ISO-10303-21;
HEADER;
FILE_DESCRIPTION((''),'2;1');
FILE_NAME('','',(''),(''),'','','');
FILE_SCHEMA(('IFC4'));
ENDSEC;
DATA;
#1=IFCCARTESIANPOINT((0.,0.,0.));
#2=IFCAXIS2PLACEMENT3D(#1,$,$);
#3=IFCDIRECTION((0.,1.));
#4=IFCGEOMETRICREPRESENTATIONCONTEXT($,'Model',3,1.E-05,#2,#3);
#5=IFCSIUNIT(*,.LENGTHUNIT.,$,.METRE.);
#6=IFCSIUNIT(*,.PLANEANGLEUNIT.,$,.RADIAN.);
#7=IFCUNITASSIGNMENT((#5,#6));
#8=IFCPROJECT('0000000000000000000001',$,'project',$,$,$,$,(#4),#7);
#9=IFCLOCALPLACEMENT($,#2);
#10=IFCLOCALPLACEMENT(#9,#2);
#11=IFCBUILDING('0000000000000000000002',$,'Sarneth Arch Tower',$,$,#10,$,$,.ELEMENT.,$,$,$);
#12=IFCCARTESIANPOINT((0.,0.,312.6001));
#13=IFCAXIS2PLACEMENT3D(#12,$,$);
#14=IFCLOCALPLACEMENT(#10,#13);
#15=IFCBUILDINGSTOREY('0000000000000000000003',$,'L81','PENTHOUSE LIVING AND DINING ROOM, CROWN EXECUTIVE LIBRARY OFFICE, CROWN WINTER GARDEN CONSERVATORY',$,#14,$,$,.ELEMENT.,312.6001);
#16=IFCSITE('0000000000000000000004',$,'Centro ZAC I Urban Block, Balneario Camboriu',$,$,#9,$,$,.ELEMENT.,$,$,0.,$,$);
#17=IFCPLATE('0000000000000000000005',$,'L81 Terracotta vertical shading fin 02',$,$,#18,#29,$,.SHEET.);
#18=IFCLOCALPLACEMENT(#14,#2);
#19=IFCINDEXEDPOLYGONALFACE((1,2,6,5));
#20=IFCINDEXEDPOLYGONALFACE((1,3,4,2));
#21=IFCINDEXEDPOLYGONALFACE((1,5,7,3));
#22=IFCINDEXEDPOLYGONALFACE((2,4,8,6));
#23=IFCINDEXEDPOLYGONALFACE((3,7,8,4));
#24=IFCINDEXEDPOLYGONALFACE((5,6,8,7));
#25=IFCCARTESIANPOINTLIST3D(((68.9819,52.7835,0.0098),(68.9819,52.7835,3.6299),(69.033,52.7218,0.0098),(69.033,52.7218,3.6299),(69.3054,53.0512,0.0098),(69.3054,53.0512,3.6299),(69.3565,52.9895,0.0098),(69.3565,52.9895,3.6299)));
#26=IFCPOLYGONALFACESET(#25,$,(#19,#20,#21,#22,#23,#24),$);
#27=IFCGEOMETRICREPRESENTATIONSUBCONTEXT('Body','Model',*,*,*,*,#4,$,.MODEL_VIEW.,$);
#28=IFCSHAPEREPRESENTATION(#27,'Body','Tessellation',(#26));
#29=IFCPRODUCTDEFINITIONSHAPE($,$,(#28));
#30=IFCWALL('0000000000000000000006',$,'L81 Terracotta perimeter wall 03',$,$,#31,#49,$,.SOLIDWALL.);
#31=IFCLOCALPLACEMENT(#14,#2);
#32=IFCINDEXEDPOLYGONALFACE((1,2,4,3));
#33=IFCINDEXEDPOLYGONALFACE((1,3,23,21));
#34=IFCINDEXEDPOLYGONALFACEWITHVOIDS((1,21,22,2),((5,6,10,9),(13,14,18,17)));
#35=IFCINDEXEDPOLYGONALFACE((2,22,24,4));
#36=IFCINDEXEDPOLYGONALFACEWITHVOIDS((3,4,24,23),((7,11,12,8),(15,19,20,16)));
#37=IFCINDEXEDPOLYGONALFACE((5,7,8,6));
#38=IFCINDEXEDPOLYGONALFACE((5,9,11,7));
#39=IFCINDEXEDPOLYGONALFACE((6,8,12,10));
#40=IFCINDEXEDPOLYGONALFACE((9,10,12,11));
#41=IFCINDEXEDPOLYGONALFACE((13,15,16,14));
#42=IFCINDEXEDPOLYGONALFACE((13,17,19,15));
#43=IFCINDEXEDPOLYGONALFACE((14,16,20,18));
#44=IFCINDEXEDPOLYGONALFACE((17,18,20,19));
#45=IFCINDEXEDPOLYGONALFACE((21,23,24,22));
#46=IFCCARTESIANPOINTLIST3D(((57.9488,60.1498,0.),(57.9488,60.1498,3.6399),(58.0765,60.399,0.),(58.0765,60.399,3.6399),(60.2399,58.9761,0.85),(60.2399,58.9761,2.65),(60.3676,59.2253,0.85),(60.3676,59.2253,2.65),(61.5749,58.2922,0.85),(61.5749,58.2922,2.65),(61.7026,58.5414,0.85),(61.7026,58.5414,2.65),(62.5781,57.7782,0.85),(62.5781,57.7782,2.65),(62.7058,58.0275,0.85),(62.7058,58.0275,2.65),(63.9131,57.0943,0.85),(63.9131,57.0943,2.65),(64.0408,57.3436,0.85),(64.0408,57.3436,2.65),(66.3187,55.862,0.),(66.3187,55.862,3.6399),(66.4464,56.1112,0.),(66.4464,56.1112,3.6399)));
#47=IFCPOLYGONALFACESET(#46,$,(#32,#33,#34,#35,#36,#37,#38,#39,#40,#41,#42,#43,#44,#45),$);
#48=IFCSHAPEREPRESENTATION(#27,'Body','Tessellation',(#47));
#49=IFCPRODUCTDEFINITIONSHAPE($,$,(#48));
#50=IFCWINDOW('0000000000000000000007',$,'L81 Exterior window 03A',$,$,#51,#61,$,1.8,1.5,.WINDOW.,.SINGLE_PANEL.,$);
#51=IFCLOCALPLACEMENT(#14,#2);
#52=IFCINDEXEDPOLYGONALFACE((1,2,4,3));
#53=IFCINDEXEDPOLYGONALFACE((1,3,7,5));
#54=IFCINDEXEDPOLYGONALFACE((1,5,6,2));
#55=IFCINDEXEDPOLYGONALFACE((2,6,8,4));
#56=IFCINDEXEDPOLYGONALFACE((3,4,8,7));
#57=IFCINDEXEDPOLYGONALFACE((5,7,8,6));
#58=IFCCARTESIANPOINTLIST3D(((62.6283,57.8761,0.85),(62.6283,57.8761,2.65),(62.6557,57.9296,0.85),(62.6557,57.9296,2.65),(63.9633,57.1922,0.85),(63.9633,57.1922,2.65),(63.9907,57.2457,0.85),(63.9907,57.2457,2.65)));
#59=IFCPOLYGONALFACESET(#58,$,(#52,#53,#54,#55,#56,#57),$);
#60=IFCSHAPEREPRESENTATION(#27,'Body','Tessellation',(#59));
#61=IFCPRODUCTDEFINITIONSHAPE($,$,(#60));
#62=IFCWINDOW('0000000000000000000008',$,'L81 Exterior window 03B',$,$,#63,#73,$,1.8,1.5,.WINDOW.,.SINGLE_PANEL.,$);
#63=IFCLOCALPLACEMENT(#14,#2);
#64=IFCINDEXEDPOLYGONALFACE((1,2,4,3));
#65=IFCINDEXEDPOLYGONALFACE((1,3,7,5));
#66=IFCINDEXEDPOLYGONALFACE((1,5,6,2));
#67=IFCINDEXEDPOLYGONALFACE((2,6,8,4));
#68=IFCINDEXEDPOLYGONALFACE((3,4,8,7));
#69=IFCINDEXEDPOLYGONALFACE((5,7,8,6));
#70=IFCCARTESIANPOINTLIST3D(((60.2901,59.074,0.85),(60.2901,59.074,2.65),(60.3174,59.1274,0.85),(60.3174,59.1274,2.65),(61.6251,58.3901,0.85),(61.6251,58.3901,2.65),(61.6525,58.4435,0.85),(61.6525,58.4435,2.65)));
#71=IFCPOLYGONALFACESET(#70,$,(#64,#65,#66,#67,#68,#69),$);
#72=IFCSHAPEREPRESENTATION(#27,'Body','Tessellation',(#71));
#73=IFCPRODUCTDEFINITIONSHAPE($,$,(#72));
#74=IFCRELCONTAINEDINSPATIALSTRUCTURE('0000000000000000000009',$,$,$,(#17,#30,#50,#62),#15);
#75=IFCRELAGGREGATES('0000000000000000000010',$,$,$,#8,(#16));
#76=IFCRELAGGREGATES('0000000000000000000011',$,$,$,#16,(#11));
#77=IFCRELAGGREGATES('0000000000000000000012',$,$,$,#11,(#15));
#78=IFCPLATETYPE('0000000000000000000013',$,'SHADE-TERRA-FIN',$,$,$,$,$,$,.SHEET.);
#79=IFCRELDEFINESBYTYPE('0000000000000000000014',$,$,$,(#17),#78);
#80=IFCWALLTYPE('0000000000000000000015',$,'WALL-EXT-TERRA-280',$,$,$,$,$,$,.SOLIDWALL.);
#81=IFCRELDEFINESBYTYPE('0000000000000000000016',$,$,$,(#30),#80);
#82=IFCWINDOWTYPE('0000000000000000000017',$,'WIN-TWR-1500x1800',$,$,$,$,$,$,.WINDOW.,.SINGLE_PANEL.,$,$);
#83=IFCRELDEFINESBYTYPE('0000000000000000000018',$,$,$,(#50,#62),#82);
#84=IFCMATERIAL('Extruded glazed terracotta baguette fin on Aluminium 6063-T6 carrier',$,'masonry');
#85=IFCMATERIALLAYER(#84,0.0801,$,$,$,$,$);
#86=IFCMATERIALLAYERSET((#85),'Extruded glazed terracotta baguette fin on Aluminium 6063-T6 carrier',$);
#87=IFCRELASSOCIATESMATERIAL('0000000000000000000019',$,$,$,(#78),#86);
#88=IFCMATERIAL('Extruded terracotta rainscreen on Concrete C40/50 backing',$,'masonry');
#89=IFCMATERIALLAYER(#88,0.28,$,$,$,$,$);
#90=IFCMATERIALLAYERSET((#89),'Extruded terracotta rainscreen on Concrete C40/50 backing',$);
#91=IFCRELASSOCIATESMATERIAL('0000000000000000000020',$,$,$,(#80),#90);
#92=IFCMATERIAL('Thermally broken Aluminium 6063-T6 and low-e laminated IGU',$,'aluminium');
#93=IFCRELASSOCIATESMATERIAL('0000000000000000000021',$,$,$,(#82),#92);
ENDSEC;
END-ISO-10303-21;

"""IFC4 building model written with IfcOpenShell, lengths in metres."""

from ifc_helpers import new_model, si_unit, direction, frame, frame_2d, origin, origin_2d, place, context, subcontext, project, spatial, rectangle, extrude, material, layer, layer_set, type_object, element, fill, save


model = new_model("IFC4")

# Units and contexts
model_context = context("Model", 3, precision=1e-05, world=origin(), true_north=direction((0.0, 1.0)))
body_context = subcontext(model_context, "Body", "Model", "MODEL_VIEW")
ifc_project = project(units=[si_unit("LENGTHUNIT", "METRE"), si_unit("PLANEANGLEUNIT", "RADIAN")], contexts=[model_context])

# Site, building, storey
site_placement = place(None, origin())
site = spatial("IfcSite", under=ifc_project, at=site_placement, Name="Centro ZAC I Urban Block, Balneario Camboriu", CompositionType="ELEMENT", RefElevation=0.0)
building_placement = place(site_placement, origin())
building = spatial("IfcBuilding", under=site, at=building_placement, Name="Sarneth Arch Tower", CompositionType="ELEMENT")
storey_placement = place(building_placement, frame((0.0, 0.0, 312.6001)))
storey = spatial("IfcBuildingStorey", under=building, at=storey_placement, Name="L81", Description="PENTHOUSE LIVING AND DINING ROOM, CROWN EXECUTIVE LIBRARY OFFICE, CROWN WINTER GARDEN CONSERVATORY", CompositionType="ELEMENT", Elevation=312.6001)

# Plate
ifc_material_1 = material(Name="Extruded glazed terracotta baguette fin on Aluminium 6063-T6 carrier", Category="masonry")
ifc_layer_1 = layer(ifc_material_1, 0.0801)
ifc_layer_set_1 = layer_set([ifc_layer_1], Name="Extruded glazed terracotta baguette fin on Aluminium 6063-T6 carrier")
plate_type_1 = type_object("IfcPlateType", Name="SHADE-TERRA-FIN", PredefinedType="SHEET", material=ifc_layer_set_1)
plate_1_placement = place(storey_placement, frame((69.1692, 52.8865, 0.0098), z_axis=(0.0, 0.0, 1.0), x_axis=(0.770402, 0.637558, 0.0)))
element("IfcPlate", 1, at=plate_1_placement, inside=storey, type_object=plate_type_1, Name="L81 Terracotta vertical shading fin 02", PredefinedType="SHEET", context=body_context, shape_type="SweptSolid", body=[
    extrude(rectangle(XDim=0.4199, YDim=0.0801, at=origin_2d()), origin(), (0.0, 0.0, 1.0), 3.6201),
])

# Wall, openings, windows
ifc_material_2 = material(Name="Extruded terracotta rainscreen on Concrete C40/50 backing", Category="masonry")
ifc_layer_2 = layer(ifc_material_2, 0.28)
ifc_layer_set_2 = layer_set([ifc_layer_2], Name="Extruded terracotta rainscreen on Concrete C40/50 backing")
wall_type = type_object("IfcWallType", Name="WALL-EXT-TERRA-280", PredefinedType="SOLIDWALL", material=ifc_layer_set_2)
wall_placement = place(storey_placement, frame((66.3826, 55.9866, 0.0), z_axis=(0.0, 0.0, 1.0), x_axis=(-0.890007, 0.455946, 0.0)))
wall = element("IfcWall", 2, at=wall_placement, inside=storey, type_object=wall_type, Name="L81 Terracotta perimeter wall 03", PredefinedType="SOLIDWALL", context=body_context, shape_type="SweptSolid", body=[
    extrude(rectangle(XDim=9.4043, YDim=0.28, at=frame_2d((4.7021, 0.0))), origin(), (0.0, 0.0, 1.0), 3.6399),
])
opening_1_placement = place(wall_placement, frame((2.7029, 0.0, 0.8501)))
opening_1 = element("IfcOpeningElement", 3, at=opening_1_placement, cuts=wall, PredefinedType="OPENING", context=body_context, shape_type="SweptSolid", body=[
    extrude(rectangle(XDim=1.5, YDim=1.8, at=frame_2d((0.75, 0.8999))), frame((0.0, 0.1499, 0.0), z_axis=(0.0, -1.0, 0.0), x_axis=(1.0, 0.0, 0.0)), (0.0, 0.0, 1.0), 0.3),
])
opening_2_placement = place(wall_placement, frame((5.3301, 0.0, 0.8501)))
opening_2 = element("IfcOpeningElement", 4, at=opening_2_placement, cuts=wall, PredefinedType="OPENING", context=body_context, shape_type="SweptSolid", body=[
    extrude(rectangle(XDim=1.5, YDim=1.8, at=frame_2d((0.75, 0.8999))), frame((0.0, 0.1499, 0.0), z_axis=(0.0, -1.0, 0.0), x_axis=(1.0, 0.0, 0.0)), (0.0, 0.0, 1.0), 0.3),
])
ifc_material_3 = material(Name="Thermally broken Aluminium 6063-T6 and low-e laminated IGU", Category="aluminium")
window_type = type_object("IfcWindowType", Name="WIN-TWR-1500x1800", PartitioningType="SINGLE_PANEL", PredefinedType="WINDOW", material=ifc_material_3)
window_1_placement = place(opening_1_placement, origin())
window_1 = element("IfcWindow", 5, at=window_1_placement, inside=storey, type_object=window_type, Name="L81 Exterior window 03A", OverallHeight=1.8, OverallWidth=1.5, PartitioningType="SINGLE_PANEL", PredefinedType="WINDOW", context=body_context, shape_type="SweptSolid", body=[
    extrude(rectangle(XDim=1.5, YDim=1.8, at=frame_2d((0.75, 0.8999))), frame((0.0, 0.03, 0.0), z_axis=(0.0, -1.0, 0.0), x_axis=(1.0, 0.0, 0.0)), (0.0, 0.0, 1.0), 0.0601),
])
fill(opening_1, window_1)
window_2_placement = place(opening_2_placement, origin())
window_2 = element("IfcWindow", 6, at=window_2_placement, inside=storey, type_object=window_type, Name="L81 Exterior window 03B", OverallHeight=1.8, OverallWidth=1.5, PartitioningType="SINGLE_PANEL", PredefinedType="WINDOW", context=body_context, shape_type="SweptSolid", body=[
    extrude(rectangle(XDim=1.5, YDim=1.8, at=frame_2d((0.75, 0.8999))), frame((0.0, 0.03, 0.0), z_axis=(0.0, -1.0, 0.0), x_axis=(1.0, 0.0, 0.0)), (0.0, 0.0, 1.0), 0.0601),
])
fill(opening_2, window_2)

save(model, "model.ifc")
